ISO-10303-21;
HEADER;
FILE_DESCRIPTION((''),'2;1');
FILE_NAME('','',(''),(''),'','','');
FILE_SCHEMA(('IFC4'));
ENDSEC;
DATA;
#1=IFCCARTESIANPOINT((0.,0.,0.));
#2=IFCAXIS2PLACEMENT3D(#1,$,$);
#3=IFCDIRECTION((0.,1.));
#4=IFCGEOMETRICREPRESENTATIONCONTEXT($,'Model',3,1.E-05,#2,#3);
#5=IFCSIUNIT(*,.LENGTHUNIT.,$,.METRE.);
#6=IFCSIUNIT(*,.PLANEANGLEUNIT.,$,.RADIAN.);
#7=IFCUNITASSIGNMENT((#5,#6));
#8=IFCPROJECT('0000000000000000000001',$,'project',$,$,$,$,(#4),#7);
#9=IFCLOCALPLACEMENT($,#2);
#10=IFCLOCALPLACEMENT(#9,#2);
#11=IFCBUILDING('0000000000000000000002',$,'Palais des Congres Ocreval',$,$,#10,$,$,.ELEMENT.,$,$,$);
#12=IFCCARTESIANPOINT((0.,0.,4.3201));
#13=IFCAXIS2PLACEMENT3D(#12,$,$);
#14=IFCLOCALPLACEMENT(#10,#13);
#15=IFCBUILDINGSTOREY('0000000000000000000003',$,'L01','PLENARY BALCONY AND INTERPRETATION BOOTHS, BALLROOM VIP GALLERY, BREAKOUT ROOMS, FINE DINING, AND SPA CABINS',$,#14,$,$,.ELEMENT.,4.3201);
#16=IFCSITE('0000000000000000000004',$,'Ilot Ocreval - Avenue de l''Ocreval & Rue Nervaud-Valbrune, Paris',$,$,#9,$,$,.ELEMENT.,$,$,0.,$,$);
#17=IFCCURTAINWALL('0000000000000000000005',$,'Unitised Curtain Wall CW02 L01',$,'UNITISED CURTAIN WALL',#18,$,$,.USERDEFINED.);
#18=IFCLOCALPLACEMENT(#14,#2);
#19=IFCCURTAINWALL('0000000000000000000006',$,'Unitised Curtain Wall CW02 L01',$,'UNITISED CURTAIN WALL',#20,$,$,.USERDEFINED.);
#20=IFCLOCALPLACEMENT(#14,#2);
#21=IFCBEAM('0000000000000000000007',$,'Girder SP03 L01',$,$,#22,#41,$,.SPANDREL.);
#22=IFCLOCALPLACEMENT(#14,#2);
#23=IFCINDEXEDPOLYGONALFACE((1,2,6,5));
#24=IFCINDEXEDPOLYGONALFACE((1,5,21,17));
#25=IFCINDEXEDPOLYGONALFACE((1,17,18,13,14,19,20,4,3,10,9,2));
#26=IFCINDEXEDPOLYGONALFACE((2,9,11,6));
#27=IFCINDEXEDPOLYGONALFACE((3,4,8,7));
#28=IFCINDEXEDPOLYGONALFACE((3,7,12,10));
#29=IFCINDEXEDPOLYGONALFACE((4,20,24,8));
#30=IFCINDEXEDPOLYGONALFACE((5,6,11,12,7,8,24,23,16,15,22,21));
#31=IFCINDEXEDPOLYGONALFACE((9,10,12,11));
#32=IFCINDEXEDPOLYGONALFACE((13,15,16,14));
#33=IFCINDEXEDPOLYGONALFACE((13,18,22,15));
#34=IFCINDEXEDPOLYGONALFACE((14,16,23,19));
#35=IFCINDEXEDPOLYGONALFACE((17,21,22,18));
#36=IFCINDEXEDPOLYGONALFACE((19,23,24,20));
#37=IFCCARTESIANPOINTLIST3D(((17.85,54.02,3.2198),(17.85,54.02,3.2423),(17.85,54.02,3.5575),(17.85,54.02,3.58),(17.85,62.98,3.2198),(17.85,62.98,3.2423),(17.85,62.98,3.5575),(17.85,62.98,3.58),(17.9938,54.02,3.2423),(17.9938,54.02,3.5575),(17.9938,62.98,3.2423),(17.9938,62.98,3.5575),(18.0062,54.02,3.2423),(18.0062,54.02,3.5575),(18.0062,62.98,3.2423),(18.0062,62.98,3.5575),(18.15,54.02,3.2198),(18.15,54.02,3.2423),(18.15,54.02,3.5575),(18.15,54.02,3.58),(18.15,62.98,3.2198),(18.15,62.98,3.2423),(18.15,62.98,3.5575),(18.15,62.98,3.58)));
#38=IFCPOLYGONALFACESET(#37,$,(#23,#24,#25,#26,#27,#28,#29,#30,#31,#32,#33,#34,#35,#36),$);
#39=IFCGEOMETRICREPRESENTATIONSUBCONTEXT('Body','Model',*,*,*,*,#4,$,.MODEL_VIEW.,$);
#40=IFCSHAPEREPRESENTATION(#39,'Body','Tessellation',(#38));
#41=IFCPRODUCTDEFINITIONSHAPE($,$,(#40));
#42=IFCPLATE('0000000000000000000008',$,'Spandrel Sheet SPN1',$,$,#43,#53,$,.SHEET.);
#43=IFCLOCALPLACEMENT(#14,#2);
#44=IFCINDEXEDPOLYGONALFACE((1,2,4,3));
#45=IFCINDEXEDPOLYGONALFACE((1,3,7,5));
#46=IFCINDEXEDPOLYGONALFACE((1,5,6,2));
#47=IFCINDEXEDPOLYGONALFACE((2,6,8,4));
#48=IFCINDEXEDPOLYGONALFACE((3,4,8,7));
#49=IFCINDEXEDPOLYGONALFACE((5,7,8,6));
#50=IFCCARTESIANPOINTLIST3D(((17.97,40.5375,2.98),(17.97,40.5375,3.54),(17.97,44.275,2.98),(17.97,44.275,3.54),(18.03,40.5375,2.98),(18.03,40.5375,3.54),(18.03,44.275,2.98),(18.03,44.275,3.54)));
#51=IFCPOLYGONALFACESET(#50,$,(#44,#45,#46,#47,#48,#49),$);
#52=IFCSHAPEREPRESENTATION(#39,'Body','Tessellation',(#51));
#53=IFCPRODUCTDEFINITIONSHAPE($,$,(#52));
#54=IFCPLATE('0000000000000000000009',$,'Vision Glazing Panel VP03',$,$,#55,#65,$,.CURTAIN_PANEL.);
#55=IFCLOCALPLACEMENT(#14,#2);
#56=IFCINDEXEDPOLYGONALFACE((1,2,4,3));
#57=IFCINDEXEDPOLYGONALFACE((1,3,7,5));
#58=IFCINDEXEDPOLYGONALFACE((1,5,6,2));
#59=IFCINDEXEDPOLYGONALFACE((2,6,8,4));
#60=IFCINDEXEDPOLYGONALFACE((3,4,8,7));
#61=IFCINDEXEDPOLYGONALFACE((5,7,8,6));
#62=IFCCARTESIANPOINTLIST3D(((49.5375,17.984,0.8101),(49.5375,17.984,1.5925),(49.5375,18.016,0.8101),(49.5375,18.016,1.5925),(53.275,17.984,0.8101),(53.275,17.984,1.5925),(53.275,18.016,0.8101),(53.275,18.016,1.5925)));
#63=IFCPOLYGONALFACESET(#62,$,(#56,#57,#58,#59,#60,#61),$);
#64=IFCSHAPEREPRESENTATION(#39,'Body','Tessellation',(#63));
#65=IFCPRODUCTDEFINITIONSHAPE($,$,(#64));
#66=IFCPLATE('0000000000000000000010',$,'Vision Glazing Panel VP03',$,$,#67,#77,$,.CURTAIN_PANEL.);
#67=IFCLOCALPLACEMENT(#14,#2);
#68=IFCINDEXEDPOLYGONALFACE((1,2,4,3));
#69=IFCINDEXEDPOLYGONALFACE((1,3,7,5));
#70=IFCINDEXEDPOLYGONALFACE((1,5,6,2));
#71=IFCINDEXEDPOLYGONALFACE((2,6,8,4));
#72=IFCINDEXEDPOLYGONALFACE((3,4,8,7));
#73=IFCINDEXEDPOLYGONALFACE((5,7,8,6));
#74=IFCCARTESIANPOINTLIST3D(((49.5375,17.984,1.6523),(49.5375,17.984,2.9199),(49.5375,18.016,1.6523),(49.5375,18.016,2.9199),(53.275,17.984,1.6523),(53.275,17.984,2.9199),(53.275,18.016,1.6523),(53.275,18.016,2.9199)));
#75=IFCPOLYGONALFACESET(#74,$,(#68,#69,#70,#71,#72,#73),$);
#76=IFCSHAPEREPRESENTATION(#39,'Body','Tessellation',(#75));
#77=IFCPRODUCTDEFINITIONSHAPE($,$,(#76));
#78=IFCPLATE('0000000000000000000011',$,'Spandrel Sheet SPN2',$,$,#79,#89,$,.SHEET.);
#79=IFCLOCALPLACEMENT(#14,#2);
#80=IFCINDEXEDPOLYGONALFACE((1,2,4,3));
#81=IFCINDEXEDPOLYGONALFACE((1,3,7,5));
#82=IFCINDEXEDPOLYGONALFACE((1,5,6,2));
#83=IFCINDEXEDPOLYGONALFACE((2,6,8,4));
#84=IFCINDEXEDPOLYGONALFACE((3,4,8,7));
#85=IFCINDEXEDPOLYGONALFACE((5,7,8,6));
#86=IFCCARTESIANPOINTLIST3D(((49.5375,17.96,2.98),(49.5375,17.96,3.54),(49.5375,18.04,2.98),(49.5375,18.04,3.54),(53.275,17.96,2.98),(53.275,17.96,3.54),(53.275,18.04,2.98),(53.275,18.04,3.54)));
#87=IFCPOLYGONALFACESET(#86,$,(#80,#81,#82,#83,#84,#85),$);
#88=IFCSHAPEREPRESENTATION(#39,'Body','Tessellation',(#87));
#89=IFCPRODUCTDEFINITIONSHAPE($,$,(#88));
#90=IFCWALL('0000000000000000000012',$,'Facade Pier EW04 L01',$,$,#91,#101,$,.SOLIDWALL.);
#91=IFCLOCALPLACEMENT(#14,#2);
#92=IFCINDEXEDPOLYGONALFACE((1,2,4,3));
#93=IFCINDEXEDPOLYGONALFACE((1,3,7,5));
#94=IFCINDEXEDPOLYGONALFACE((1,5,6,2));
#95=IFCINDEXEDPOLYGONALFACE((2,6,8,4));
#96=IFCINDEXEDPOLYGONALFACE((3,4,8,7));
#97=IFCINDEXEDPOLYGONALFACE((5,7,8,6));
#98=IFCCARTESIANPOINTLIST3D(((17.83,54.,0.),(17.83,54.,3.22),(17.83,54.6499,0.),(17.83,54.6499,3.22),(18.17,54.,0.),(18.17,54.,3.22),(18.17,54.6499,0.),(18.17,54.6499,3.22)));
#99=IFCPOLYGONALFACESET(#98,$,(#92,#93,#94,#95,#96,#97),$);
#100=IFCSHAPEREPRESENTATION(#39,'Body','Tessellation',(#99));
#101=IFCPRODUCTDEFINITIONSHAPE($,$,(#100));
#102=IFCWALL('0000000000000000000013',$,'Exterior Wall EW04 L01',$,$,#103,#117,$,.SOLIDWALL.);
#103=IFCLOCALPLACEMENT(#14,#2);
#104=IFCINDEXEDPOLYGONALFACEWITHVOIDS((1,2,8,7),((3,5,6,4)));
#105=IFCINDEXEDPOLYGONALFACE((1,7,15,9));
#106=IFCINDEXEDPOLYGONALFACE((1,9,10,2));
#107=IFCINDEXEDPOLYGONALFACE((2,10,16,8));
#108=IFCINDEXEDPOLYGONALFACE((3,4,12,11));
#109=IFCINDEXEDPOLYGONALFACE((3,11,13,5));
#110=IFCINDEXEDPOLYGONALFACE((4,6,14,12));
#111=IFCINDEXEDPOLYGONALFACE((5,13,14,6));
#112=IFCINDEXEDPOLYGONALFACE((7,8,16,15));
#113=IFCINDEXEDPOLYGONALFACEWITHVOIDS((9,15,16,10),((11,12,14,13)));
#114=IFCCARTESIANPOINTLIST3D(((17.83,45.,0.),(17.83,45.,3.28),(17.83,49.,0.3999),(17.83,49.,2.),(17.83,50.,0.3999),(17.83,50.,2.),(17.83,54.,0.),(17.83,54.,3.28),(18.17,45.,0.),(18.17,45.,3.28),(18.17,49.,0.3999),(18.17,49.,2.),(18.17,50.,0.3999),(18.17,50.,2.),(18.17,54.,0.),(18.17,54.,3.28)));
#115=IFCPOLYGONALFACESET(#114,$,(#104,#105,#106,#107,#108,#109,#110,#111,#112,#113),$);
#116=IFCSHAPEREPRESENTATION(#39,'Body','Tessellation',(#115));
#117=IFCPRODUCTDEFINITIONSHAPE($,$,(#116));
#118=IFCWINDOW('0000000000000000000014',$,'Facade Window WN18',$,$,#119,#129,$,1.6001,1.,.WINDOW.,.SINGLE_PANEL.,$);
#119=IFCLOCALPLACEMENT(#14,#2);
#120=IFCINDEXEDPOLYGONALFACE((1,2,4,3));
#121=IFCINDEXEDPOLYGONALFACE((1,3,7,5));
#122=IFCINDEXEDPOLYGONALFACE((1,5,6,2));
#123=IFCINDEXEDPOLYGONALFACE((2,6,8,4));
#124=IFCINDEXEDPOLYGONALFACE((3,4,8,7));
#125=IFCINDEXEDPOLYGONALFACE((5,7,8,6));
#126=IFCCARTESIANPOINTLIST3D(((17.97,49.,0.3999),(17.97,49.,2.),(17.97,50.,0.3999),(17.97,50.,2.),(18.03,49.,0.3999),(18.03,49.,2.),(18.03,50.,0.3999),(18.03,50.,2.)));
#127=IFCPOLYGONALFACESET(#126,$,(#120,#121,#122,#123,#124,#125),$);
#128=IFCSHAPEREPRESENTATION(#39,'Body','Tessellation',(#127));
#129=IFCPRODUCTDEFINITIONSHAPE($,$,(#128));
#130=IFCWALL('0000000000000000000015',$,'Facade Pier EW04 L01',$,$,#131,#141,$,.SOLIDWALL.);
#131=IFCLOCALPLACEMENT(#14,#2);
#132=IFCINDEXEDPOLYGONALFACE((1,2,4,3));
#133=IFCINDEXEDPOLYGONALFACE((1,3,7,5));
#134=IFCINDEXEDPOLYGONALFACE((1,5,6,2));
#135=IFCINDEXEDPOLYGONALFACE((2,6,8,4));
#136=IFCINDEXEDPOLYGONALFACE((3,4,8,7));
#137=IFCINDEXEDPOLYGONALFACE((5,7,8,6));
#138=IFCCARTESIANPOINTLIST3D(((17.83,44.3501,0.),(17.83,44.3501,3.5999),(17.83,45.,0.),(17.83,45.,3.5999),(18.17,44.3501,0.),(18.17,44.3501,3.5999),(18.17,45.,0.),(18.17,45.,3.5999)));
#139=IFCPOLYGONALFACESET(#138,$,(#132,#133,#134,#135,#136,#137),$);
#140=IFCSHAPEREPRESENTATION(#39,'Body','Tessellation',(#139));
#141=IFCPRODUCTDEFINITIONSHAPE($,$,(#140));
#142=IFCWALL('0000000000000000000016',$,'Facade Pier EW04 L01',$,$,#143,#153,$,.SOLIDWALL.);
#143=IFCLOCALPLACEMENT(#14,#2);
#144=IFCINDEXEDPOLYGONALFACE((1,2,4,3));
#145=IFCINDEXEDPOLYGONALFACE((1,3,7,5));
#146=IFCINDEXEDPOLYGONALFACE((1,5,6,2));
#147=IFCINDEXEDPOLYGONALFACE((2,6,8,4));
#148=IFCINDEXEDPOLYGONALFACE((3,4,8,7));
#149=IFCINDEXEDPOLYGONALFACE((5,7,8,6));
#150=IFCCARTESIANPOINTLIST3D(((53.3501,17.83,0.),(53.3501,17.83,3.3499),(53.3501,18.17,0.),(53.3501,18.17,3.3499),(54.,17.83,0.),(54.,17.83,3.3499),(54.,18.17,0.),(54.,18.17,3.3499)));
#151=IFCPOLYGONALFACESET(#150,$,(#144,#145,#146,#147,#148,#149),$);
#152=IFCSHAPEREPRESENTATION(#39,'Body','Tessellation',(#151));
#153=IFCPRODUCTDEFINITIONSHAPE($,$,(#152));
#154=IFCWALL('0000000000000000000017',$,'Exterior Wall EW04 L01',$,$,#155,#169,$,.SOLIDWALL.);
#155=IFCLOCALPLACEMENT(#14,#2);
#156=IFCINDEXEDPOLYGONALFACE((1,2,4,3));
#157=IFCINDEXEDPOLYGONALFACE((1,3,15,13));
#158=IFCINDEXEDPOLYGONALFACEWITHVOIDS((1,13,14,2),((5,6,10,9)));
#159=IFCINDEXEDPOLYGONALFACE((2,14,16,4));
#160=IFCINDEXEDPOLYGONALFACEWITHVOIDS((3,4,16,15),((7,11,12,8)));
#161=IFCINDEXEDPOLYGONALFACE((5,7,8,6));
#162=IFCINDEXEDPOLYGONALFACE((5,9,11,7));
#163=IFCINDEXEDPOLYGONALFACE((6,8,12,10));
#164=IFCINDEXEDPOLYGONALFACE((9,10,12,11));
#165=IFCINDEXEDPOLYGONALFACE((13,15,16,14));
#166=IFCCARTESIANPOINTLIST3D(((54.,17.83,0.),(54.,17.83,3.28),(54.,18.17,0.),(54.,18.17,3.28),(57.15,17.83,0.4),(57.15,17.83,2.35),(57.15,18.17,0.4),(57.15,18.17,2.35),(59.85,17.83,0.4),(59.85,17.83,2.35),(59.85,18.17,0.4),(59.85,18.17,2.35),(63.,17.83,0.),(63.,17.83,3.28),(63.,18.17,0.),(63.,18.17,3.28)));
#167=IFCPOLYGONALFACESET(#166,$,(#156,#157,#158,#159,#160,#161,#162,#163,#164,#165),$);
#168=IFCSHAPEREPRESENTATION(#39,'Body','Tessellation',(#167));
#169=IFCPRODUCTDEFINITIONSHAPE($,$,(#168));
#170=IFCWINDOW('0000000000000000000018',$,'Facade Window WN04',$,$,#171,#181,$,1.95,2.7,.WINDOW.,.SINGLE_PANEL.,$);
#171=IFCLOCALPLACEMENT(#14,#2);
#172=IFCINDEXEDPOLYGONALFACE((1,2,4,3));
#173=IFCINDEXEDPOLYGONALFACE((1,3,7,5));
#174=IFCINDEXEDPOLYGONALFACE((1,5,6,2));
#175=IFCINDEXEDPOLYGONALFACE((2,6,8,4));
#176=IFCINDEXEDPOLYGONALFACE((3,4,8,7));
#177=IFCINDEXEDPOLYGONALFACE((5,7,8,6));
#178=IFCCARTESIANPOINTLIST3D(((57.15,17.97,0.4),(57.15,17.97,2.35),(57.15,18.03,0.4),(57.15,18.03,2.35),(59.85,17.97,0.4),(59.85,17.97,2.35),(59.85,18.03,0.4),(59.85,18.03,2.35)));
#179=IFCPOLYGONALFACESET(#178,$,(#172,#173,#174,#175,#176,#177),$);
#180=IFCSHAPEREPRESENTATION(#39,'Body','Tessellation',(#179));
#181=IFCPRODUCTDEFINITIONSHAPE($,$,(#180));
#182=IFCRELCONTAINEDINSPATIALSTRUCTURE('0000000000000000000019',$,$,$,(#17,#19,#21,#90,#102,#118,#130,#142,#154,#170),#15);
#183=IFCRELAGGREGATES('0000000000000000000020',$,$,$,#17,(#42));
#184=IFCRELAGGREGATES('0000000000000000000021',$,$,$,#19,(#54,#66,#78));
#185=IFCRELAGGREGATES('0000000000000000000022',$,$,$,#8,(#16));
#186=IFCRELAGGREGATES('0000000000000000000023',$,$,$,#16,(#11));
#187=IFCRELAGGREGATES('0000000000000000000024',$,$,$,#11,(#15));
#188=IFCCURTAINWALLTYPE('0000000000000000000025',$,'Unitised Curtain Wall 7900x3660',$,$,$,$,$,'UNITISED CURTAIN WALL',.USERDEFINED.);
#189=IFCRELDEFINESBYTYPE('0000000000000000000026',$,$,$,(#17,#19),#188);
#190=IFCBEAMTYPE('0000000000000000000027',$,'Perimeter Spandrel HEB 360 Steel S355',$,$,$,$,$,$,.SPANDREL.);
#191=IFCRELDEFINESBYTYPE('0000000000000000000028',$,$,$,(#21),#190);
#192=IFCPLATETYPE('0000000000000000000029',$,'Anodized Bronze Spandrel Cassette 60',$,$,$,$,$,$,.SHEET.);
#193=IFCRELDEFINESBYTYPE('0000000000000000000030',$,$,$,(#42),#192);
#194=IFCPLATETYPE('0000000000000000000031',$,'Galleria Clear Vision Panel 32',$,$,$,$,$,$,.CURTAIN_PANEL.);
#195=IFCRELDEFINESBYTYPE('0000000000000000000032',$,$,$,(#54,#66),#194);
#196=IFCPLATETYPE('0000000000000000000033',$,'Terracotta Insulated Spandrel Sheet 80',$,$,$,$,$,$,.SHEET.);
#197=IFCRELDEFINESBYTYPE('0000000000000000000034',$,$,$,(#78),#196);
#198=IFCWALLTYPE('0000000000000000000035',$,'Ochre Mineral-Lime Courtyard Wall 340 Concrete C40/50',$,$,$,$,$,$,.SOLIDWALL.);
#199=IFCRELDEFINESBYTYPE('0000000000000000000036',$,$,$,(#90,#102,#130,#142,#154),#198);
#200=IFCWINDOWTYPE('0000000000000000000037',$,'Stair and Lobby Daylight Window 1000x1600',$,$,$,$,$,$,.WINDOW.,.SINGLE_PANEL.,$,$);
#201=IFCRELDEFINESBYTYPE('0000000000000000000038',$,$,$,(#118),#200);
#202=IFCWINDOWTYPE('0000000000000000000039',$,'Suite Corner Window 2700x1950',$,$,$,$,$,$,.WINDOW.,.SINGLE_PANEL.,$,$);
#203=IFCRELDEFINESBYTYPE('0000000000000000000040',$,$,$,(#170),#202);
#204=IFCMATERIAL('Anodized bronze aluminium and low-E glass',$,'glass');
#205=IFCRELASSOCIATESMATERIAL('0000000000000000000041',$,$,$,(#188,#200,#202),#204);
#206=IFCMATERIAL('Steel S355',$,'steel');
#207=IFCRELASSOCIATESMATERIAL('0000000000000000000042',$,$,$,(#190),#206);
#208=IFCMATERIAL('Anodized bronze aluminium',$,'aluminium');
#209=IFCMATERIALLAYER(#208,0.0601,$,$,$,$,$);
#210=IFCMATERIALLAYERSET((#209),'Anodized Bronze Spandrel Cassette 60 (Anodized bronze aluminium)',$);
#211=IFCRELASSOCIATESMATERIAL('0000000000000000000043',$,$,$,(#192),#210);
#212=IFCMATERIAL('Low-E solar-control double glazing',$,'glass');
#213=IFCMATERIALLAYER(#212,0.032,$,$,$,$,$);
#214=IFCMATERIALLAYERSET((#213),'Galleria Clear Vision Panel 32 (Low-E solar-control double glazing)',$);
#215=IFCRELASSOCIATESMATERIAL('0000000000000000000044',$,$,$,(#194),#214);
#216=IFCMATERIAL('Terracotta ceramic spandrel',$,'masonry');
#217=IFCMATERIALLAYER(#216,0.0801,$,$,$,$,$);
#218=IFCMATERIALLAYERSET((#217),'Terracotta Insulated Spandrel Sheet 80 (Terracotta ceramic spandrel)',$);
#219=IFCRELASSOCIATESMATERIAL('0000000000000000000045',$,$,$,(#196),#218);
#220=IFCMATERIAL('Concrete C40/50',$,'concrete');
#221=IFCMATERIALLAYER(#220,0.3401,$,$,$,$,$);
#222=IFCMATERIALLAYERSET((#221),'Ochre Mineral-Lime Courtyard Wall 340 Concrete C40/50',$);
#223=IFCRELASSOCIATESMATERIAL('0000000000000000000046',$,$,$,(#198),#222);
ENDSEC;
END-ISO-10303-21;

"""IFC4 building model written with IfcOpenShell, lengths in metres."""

from ifc_helpers import new_model, si_unit, direction, frame, frame_2d, origin, origin_2d, place, context, subcontext, project, spatial, rectangle, i_section, extrude, material, layer, layer_set, material_profile, profile_set, type_object, element, fill, aggregate, save


model = new_model("IFC4")

# Units and contexts
model_context = context("Model", 3, precision=1e-05, world=origin(), true_north=direction((0.0, 1.0)))
body_context = subcontext(model_context, "Body", "Model", "MODEL_VIEW")
ifc_project = project(units=[si_unit("LENGTHUNIT", "METRE"), si_unit("PLANEANGLEUNIT", "RADIAN")], contexts=[model_context])

# Site, building, storey
site_placement = place(None, origin())
site = spatial("IfcSite", under=ifc_project, at=site_placement, Name="Ilot Ocreval - Avenue de l'Ocreval & Rue Nervaud-Valbrune, Paris", CompositionType="ELEMENT", RefElevation=0.0)
building_placement = place(site_placement, origin())
building = spatial("IfcBuilding", under=site, at=building_placement, Name="Palais des Congres Ocreval", CompositionType="ELEMENT")
storey_placement = place(building_placement, frame((0.0, 0.0, 4.3201)))
storey = spatial("IfcBuildingStorey", under=building, at=storey_placement, Name="L01", Description="PLENARY BALCONY AND INTERPRETATION BOOTHS, BALLROOM VIP GALLERY, BREAKOUT ROOMS, FINE DINING, AND SPA CABINS", CompositionType="ELEMENT", Elevation=4.3201)

# Shared definitions
ifc_material_1 = material(Name="Concrete C40/50", Category="concrete")

# Curtain walls
ifc_material_2 = material(Name="Anodized bronze aluminium and low-E glass", Category="glass")
curtain_wall_type = type_object("IfcCurtainWallType", Name="Unitised Curtain Wall 7900x3660", ElementType="UNITISED CURTAIN WALL", PredefinedType="USERDEFINED", material=ifc_material_2)
ifc_material_3 = material(Name="Anodized bronze aluminium", Category="aluminium")
curtain_wall_1_placement = place(storey_placement, origin())
curtain_wall_1 = element("IfcCurtainWall", 1, at=curtain_wall_1_placement, inside=storey, type_object=curtain_wall_type, Name="Unitised Curtain Wall CW02 L01", ObjectType="UNITISED CURTAIN WALL", PredefinedType="USERDEFINED")
curtain_wall_2_placement = place(storey_placement, origin())
curtain_wall_2 = element("IfcCurtainWall", 2, at=curtain_wall_2_placement, inside=storey, type_object=curtain_wall_type, Name="Unitised Curtain Wall CW02 L01", ObjectType="UNITISED CURTAIN WALL", PredefinedType="USERDEFINED")

# Beam
ifc_material_4 = material(Name="Steel S355", Category="steel")
ifc_material_profile_1 = material_profile(ifc_material_4, i_section(OverallWidth=0.3, OverallDepth=0.3601, WebThickness=0.0125, FlangeThickness=0.0225, at=origin_2d()), Name="HEB 360")
ifc_profile_set_1 = profile_set([ifc_material_profile_1], Name="Steel S355")
beam_type_1 = type_object("IfcBeamType", Name="Perimeter Spandrel HEB 360 Steel S355", PredefinedType="SPANDREL", material=ifc_profile_set_1)
beam_placement = place(storey_placement, frame((18.0, 54.02, 3.3999), z_axis=(0.0, 1.0, 0.0), x_axis=(-1.0, 0.0, 0.0)))
element("IfcBeam", 3, at=beam_placement, inside=storey, type_object=beam_type_1, Name="Girder SP03 L01", PredefinedType="SPANDREL", context=body_context, shape_type="SweptSolid", body=[
    extrude(i_section(OverallWidth=0.3, OverallDepth=0.3601, WebThickness=0.0125, FlangeThickness=0.0225, at=origin_2d()), origin(), (0.0, 0.0, 1.0), 8.96),
])

# Plates
ifc_layer_1 = layer(ifc_material_3, 0.0601)
ifc_layer_set_1 = layer_set([ifc_layer_1], Name="Anodized Bronze Spandrel Cassette 60 (Anodized bronze aluminium)")
plate_type_1 = type_object("IfcPlateType", Name="Anodized Bronze Spandrel Cassette 60", PredefinedType="SHEET", material=ifc_layer_set_1)
plate_1_placement = place(storey_placement, frame((18.0, 42.4062, 2.98), z_axis=(0.0, 0.0, 1.0), x_axis=(0.0, -1.0, 0.0)))
plate_1 = element("IfcPlate", 4, at=plate_1_placement, type_object=plate_type_1, Name="Spandrel Sheet SPN1", PredefinedType="SHEET", context=body_context, shape_type="SweptSolid", body=[
    extrude(rectangle(XDim=3.7375, YDim=0.0601, at=origin_2d()), origin(), (0.0, 0.0, 1.0), 0.5601),
])
aggregate(curtain_wall_1, [plate_1])
ifc_material_5 = material(Name="Low-E solar-control double glazing", Category="glass")
ifc_layer_2 = layer(ifc_material_5, 0.032)
ifc_layer_set_2 = layer_set([ifc_layer_2], Name="Galleria Clear Vision Panel 32 (Low-E solar-control double glazing)")
plate_type_2 = type_object("IfcPlateType", Name="Galleria Clear Vision Panel 32", PredefinedType="CURTAIN_PANEL", material=ifc_layer_set_2)
plate_2_placement = place(storey_placement, frame((51.4062, 18.0, 0.8101), z_axis=(0.0, 0.0, 1.0), x_axis=(1.0, 0.0, 0.0)))
plate_2 = element("IfcPlate", 5, at=plate_2_placement, type_object=plate_type_2, Name="Vision Glazing Panel VP03", PredefinedType="CURTAIN_PANEL", context=body_context, shape_type="SweptSolid", body=[
    extrude(rectangle(XDim=3.7375, YDim=0.032, at=origin_2d()), origin(), (0.0, 0.0, 1.0), 0.7825),
])
plate_3_placement = place(storey_placement, frame((51.4062, 18.0, 1.6523), z_axis=(0.0, 0.0, 1.0), x_axis=(1.0, 0.0, 0.0)))
plate_3 = element("IfcPlate", 6, at=plate_3_placement, type_object=plate_type_2, Name="Vision Glazing Panel VP03", PredefinedType="CURTAIN_PANEL", context=body_context, shape_type="SweptSolid", body=[
    extrude(rectangle(XDim=3.7375, YDim=0.032, at=origin_2d()), origin(), (0.0, 0.0, 1.0), 1.2676),
])
ifc_material_6 = material(Name="Terracotta ceramic spandrel", Category="masonry")
ifc_layer_3 = layer(ifc_material_6, 0.0801)
ifc_layer_set_3 = layer_set([ifc_layer_3], Name="Terracotta Insulated Spandrel Sheet 80 (Terracotta ceramic spandrel)")
plate_type_3 = type_object("IfcPlateType", Name="Terracotta Insulated Spandrel Sheet 80", PredefinedType="SHEET", material=ifc_layer_set_3)
plate_4_placement = place(storey_placement, frame((51.4062, 18.0, 2.98), z_axis=(0.0, 0.0, 1.0), x_axis=(1.0, 0.0, 0.0)))
plate_4 = element("IfcPlate", 7, at=plate_4_placement, type_object=plate_type_3, Name="Spandrel Sheet SPN2", PredefinedType="SHEET", context=body_context, shape_type="SweptSolid", body=[
    extrude(rectangle(XDim=3.7375, YDim=0.0801, at=origin_2d()), origin(), (0.0, 0.0, 1.0), 0.5601),
])
aggregate(curtain_wall_2, [plate_2, plate_3, plate_4])

# Wall
ifc_layer_4 = layer(ifc_material_1, 0.3401)
ifc_layer_set_4 = layer_set([ifc_layer_4], Name="Ochre Mineral-Lime Courtyard Wall 340 Concrete C40/50")
wall_type = type_object("IfcWallType", Name="Ochre Mineral-Lime Courtyard Wall 340 Concrete C40/50", PredefinedType="SOLIDWALL", material=ifc_layer_set_4)
wall_1_placement = place(storey_placement, frame((18.0, 54.6499, 0.0), z_axis=(0.0, 0.0, 1.0), x_axis=(0.0, -1.0, 0.0)))
element("IfcWall", 8, at=wall_1_placement, inside=storey, type_object=wall_type, Name="Facade Pier EW04 L01", PredefinedType="SOLIDWALL", context=body_context, shape_type="SweptSolid", body=[
    extrude(rectangle(XDim=0.6499, YDim=0.3401, at=frame_2d((0.325, 0.0))), origin(), (0.0, 0.0, 1.0), 3.22),
])

# Wall, opening, window
wall_2_placement = place(storey_placement, frame((18.0, 54.0, 0.0), z_axis=(0.0, 0.0, 1.0), x_axis=(0.0, -1.0, 0.0)))
wall_2 = element("IfcWall", 9, at=wall_2_placement, inside=storey, type_object=wall_type, Name="Exterior Wall EW04 L01", PredefinedType="SOLIDWALL", context=body_context, shape_type="SweptSolid", body=[
    extrude(rectangle(XDim=9.0, YDim=0.3401, at=frame_2d((4.5, 0.0))), origin(), (0.0, 0.0, 1.0), 3.28),
])
opening_1_placement = place(wall_2_placement, frame((4.0, 0.0, 0.3999)))
opening_1 = element("IfcOpeningElement", 10, at=opening_1_placement, cuts=wall_2, PredefinedType="OPENING", context=body_context, shape_type="SweptSolid", body=[
    extrude(rectangle(XDim=1.0, YDim=1.6001, at=frame_2d((0.5, 0.8))), frame((0.0, 0.1799, 0.0), z_axis=(0.0, -1.0, 0.0), x_axis=(1.0, 0.0, 0.0)), (0.0, 0.0, 1.0), 0.3601),
])
window_type_1 = type_object("IfcWindowType", Name="Stair and Lobby Daylight Window 1000x1600", PartitioningType="SINGLE_PANEL", PredefinedType="WINDOW", material=ifc_material_2)
window_1_placement = place(opening_1_placement, origin())
window_1 = element("IfcWindow", 11, at=window_1_placement, inside=storey, type_object=window_type_1, Name="Facade Window WN18", OverallHeight=1.6001, OverallWidth=1.0, PartitioningType="SINGLE_PANEL", PredefinedType="WINDOW", context=body_context, shape_type="SweptSolid", body=[
    extrude(rectangle(XDim=1.0, YDim=1.6001, at=frame_2d((0.5, 0.8))), frame((0.0, 0.03, 0.0), z_axis=(0.0, -1.0, 0.0), x_axis=(1.0, 0.0, 0.0)), (0.0, 0.0, 1.0), 0.0601),
])
fill(opening_1, window_1)

# Walls
wall_3_placement = place(storey_placement, frame((18.0, 45.0, 0.0), z_axis=(0.0, 0.0, 1.0), x_axis=(0.0, -1.0, 0.0)))
element("IfcWall", 12, at=wall_3_placement, inside=storey, type_object=wall_type, Name="Facade Pier EW04 L01", PredefinedType="SOLIDWALL", context=body_context, shape_type="SweptSolid", body=[
    extrude(rectangle(XDim=0.6499, YDim=0.3401, at=frame_2d((0.325, 0.0))), origin(), (0.0, 0.0, 1.0), 3.5999),
])
wall_4_placement = place(storey_placement, frame((53.3501, 18.0, 0.0), z_axis=(0.0, 0.0, 1.0), x_axis=(1.0, 0.0, 0.0)))
element("IfcWall", 13, at=wall_4_placement, inside=storey, type_object=wall_type, Name="Facade Pier EW04 L01", PredefinedType="SOLIDWALL", context=body_context, shape_type="SweptSolid", body=[
    extrude(rectangle(XDim=0.6499, YDim=0.3401, at=frame_2d((0.325, 0.0))), origin(), (0.0, 0.0, 1.0), 3.3499),
])

# Wall, opening, window
wall_5_placement = place(storey_placement, frame((54.0, 18.0, 0.0), z_axis=(0.0, 0.0, 1.0), x_axis=(1.0, 0.0, 0.0)))
wall_5 = element("IfcWall", 14, at=wall_5_placement, inside=storey, type_object=wall_type, Name="Exterior Wall EW04 L01", PredefinedType="SOLIDWALL", context=body_context, shape_type="SweptSolid", body=[
    extrude(rectangle(XDim=9.0, YDim=0.3401, at=frame_2d((4.5, 0.0))), origin(), (0.0, 0.0, 1.0), 3.28),
])
opening_2_placement = place(wall_5_placement, frame((3.1499, 0.0, 0.3999)))
opening_2 = element("IfcOpeningElement", 15, at=opening_2_placement, cuts=wall_5, PredefinedType="OPENING", context=body_context, shape_type="SweptSolid", body=[
    extrude(rectangle(XDim=2.7, YDim=1.95, at=frame_2d((1.3501, 0.9751))), frame((0.0, 0.1799, 0.0), z_axis=(0.0, -1.0, 0.0), x_axis=(1.0, 0.0, 0.0)), (0.0, 0.0, 1.0), 0.3601),
])
window_type_2 = type_object("IfcWindowType", Name="Suite Corner Window 2700x1950", PartitioningType="SINGLE_PANEL", PredefinedType="WINDOW", material=ifc_material_2)
window_2_placement = place(opening_2_placement, origin())
window_2 = element("IfcWindow", 16, at=window_2_placement, inside=storey, type_object=window_type_2, Name="Facade Window WN04", OverallHeight=1.95, OverallWidth=2.7, PartitioningType="SINGLE_PANEL", PredefinedType="WINDOW", context=body_context, shape_type="SweptSolid", body=[
    extrude(rectangle(XDim=2.7, YDim=1.95, at=frame_2d((1.3501, 0.9751))), frame((0.0, 0.03, 0.0), z_axis=(0.0, -1.0, 0.0), x_axis=(1.0, 0.0, 0.0)), (0.0, 0.0, 1.0), 0.0601),
])
fill(opening_2, window_2)

save(model, "model.ifc")
